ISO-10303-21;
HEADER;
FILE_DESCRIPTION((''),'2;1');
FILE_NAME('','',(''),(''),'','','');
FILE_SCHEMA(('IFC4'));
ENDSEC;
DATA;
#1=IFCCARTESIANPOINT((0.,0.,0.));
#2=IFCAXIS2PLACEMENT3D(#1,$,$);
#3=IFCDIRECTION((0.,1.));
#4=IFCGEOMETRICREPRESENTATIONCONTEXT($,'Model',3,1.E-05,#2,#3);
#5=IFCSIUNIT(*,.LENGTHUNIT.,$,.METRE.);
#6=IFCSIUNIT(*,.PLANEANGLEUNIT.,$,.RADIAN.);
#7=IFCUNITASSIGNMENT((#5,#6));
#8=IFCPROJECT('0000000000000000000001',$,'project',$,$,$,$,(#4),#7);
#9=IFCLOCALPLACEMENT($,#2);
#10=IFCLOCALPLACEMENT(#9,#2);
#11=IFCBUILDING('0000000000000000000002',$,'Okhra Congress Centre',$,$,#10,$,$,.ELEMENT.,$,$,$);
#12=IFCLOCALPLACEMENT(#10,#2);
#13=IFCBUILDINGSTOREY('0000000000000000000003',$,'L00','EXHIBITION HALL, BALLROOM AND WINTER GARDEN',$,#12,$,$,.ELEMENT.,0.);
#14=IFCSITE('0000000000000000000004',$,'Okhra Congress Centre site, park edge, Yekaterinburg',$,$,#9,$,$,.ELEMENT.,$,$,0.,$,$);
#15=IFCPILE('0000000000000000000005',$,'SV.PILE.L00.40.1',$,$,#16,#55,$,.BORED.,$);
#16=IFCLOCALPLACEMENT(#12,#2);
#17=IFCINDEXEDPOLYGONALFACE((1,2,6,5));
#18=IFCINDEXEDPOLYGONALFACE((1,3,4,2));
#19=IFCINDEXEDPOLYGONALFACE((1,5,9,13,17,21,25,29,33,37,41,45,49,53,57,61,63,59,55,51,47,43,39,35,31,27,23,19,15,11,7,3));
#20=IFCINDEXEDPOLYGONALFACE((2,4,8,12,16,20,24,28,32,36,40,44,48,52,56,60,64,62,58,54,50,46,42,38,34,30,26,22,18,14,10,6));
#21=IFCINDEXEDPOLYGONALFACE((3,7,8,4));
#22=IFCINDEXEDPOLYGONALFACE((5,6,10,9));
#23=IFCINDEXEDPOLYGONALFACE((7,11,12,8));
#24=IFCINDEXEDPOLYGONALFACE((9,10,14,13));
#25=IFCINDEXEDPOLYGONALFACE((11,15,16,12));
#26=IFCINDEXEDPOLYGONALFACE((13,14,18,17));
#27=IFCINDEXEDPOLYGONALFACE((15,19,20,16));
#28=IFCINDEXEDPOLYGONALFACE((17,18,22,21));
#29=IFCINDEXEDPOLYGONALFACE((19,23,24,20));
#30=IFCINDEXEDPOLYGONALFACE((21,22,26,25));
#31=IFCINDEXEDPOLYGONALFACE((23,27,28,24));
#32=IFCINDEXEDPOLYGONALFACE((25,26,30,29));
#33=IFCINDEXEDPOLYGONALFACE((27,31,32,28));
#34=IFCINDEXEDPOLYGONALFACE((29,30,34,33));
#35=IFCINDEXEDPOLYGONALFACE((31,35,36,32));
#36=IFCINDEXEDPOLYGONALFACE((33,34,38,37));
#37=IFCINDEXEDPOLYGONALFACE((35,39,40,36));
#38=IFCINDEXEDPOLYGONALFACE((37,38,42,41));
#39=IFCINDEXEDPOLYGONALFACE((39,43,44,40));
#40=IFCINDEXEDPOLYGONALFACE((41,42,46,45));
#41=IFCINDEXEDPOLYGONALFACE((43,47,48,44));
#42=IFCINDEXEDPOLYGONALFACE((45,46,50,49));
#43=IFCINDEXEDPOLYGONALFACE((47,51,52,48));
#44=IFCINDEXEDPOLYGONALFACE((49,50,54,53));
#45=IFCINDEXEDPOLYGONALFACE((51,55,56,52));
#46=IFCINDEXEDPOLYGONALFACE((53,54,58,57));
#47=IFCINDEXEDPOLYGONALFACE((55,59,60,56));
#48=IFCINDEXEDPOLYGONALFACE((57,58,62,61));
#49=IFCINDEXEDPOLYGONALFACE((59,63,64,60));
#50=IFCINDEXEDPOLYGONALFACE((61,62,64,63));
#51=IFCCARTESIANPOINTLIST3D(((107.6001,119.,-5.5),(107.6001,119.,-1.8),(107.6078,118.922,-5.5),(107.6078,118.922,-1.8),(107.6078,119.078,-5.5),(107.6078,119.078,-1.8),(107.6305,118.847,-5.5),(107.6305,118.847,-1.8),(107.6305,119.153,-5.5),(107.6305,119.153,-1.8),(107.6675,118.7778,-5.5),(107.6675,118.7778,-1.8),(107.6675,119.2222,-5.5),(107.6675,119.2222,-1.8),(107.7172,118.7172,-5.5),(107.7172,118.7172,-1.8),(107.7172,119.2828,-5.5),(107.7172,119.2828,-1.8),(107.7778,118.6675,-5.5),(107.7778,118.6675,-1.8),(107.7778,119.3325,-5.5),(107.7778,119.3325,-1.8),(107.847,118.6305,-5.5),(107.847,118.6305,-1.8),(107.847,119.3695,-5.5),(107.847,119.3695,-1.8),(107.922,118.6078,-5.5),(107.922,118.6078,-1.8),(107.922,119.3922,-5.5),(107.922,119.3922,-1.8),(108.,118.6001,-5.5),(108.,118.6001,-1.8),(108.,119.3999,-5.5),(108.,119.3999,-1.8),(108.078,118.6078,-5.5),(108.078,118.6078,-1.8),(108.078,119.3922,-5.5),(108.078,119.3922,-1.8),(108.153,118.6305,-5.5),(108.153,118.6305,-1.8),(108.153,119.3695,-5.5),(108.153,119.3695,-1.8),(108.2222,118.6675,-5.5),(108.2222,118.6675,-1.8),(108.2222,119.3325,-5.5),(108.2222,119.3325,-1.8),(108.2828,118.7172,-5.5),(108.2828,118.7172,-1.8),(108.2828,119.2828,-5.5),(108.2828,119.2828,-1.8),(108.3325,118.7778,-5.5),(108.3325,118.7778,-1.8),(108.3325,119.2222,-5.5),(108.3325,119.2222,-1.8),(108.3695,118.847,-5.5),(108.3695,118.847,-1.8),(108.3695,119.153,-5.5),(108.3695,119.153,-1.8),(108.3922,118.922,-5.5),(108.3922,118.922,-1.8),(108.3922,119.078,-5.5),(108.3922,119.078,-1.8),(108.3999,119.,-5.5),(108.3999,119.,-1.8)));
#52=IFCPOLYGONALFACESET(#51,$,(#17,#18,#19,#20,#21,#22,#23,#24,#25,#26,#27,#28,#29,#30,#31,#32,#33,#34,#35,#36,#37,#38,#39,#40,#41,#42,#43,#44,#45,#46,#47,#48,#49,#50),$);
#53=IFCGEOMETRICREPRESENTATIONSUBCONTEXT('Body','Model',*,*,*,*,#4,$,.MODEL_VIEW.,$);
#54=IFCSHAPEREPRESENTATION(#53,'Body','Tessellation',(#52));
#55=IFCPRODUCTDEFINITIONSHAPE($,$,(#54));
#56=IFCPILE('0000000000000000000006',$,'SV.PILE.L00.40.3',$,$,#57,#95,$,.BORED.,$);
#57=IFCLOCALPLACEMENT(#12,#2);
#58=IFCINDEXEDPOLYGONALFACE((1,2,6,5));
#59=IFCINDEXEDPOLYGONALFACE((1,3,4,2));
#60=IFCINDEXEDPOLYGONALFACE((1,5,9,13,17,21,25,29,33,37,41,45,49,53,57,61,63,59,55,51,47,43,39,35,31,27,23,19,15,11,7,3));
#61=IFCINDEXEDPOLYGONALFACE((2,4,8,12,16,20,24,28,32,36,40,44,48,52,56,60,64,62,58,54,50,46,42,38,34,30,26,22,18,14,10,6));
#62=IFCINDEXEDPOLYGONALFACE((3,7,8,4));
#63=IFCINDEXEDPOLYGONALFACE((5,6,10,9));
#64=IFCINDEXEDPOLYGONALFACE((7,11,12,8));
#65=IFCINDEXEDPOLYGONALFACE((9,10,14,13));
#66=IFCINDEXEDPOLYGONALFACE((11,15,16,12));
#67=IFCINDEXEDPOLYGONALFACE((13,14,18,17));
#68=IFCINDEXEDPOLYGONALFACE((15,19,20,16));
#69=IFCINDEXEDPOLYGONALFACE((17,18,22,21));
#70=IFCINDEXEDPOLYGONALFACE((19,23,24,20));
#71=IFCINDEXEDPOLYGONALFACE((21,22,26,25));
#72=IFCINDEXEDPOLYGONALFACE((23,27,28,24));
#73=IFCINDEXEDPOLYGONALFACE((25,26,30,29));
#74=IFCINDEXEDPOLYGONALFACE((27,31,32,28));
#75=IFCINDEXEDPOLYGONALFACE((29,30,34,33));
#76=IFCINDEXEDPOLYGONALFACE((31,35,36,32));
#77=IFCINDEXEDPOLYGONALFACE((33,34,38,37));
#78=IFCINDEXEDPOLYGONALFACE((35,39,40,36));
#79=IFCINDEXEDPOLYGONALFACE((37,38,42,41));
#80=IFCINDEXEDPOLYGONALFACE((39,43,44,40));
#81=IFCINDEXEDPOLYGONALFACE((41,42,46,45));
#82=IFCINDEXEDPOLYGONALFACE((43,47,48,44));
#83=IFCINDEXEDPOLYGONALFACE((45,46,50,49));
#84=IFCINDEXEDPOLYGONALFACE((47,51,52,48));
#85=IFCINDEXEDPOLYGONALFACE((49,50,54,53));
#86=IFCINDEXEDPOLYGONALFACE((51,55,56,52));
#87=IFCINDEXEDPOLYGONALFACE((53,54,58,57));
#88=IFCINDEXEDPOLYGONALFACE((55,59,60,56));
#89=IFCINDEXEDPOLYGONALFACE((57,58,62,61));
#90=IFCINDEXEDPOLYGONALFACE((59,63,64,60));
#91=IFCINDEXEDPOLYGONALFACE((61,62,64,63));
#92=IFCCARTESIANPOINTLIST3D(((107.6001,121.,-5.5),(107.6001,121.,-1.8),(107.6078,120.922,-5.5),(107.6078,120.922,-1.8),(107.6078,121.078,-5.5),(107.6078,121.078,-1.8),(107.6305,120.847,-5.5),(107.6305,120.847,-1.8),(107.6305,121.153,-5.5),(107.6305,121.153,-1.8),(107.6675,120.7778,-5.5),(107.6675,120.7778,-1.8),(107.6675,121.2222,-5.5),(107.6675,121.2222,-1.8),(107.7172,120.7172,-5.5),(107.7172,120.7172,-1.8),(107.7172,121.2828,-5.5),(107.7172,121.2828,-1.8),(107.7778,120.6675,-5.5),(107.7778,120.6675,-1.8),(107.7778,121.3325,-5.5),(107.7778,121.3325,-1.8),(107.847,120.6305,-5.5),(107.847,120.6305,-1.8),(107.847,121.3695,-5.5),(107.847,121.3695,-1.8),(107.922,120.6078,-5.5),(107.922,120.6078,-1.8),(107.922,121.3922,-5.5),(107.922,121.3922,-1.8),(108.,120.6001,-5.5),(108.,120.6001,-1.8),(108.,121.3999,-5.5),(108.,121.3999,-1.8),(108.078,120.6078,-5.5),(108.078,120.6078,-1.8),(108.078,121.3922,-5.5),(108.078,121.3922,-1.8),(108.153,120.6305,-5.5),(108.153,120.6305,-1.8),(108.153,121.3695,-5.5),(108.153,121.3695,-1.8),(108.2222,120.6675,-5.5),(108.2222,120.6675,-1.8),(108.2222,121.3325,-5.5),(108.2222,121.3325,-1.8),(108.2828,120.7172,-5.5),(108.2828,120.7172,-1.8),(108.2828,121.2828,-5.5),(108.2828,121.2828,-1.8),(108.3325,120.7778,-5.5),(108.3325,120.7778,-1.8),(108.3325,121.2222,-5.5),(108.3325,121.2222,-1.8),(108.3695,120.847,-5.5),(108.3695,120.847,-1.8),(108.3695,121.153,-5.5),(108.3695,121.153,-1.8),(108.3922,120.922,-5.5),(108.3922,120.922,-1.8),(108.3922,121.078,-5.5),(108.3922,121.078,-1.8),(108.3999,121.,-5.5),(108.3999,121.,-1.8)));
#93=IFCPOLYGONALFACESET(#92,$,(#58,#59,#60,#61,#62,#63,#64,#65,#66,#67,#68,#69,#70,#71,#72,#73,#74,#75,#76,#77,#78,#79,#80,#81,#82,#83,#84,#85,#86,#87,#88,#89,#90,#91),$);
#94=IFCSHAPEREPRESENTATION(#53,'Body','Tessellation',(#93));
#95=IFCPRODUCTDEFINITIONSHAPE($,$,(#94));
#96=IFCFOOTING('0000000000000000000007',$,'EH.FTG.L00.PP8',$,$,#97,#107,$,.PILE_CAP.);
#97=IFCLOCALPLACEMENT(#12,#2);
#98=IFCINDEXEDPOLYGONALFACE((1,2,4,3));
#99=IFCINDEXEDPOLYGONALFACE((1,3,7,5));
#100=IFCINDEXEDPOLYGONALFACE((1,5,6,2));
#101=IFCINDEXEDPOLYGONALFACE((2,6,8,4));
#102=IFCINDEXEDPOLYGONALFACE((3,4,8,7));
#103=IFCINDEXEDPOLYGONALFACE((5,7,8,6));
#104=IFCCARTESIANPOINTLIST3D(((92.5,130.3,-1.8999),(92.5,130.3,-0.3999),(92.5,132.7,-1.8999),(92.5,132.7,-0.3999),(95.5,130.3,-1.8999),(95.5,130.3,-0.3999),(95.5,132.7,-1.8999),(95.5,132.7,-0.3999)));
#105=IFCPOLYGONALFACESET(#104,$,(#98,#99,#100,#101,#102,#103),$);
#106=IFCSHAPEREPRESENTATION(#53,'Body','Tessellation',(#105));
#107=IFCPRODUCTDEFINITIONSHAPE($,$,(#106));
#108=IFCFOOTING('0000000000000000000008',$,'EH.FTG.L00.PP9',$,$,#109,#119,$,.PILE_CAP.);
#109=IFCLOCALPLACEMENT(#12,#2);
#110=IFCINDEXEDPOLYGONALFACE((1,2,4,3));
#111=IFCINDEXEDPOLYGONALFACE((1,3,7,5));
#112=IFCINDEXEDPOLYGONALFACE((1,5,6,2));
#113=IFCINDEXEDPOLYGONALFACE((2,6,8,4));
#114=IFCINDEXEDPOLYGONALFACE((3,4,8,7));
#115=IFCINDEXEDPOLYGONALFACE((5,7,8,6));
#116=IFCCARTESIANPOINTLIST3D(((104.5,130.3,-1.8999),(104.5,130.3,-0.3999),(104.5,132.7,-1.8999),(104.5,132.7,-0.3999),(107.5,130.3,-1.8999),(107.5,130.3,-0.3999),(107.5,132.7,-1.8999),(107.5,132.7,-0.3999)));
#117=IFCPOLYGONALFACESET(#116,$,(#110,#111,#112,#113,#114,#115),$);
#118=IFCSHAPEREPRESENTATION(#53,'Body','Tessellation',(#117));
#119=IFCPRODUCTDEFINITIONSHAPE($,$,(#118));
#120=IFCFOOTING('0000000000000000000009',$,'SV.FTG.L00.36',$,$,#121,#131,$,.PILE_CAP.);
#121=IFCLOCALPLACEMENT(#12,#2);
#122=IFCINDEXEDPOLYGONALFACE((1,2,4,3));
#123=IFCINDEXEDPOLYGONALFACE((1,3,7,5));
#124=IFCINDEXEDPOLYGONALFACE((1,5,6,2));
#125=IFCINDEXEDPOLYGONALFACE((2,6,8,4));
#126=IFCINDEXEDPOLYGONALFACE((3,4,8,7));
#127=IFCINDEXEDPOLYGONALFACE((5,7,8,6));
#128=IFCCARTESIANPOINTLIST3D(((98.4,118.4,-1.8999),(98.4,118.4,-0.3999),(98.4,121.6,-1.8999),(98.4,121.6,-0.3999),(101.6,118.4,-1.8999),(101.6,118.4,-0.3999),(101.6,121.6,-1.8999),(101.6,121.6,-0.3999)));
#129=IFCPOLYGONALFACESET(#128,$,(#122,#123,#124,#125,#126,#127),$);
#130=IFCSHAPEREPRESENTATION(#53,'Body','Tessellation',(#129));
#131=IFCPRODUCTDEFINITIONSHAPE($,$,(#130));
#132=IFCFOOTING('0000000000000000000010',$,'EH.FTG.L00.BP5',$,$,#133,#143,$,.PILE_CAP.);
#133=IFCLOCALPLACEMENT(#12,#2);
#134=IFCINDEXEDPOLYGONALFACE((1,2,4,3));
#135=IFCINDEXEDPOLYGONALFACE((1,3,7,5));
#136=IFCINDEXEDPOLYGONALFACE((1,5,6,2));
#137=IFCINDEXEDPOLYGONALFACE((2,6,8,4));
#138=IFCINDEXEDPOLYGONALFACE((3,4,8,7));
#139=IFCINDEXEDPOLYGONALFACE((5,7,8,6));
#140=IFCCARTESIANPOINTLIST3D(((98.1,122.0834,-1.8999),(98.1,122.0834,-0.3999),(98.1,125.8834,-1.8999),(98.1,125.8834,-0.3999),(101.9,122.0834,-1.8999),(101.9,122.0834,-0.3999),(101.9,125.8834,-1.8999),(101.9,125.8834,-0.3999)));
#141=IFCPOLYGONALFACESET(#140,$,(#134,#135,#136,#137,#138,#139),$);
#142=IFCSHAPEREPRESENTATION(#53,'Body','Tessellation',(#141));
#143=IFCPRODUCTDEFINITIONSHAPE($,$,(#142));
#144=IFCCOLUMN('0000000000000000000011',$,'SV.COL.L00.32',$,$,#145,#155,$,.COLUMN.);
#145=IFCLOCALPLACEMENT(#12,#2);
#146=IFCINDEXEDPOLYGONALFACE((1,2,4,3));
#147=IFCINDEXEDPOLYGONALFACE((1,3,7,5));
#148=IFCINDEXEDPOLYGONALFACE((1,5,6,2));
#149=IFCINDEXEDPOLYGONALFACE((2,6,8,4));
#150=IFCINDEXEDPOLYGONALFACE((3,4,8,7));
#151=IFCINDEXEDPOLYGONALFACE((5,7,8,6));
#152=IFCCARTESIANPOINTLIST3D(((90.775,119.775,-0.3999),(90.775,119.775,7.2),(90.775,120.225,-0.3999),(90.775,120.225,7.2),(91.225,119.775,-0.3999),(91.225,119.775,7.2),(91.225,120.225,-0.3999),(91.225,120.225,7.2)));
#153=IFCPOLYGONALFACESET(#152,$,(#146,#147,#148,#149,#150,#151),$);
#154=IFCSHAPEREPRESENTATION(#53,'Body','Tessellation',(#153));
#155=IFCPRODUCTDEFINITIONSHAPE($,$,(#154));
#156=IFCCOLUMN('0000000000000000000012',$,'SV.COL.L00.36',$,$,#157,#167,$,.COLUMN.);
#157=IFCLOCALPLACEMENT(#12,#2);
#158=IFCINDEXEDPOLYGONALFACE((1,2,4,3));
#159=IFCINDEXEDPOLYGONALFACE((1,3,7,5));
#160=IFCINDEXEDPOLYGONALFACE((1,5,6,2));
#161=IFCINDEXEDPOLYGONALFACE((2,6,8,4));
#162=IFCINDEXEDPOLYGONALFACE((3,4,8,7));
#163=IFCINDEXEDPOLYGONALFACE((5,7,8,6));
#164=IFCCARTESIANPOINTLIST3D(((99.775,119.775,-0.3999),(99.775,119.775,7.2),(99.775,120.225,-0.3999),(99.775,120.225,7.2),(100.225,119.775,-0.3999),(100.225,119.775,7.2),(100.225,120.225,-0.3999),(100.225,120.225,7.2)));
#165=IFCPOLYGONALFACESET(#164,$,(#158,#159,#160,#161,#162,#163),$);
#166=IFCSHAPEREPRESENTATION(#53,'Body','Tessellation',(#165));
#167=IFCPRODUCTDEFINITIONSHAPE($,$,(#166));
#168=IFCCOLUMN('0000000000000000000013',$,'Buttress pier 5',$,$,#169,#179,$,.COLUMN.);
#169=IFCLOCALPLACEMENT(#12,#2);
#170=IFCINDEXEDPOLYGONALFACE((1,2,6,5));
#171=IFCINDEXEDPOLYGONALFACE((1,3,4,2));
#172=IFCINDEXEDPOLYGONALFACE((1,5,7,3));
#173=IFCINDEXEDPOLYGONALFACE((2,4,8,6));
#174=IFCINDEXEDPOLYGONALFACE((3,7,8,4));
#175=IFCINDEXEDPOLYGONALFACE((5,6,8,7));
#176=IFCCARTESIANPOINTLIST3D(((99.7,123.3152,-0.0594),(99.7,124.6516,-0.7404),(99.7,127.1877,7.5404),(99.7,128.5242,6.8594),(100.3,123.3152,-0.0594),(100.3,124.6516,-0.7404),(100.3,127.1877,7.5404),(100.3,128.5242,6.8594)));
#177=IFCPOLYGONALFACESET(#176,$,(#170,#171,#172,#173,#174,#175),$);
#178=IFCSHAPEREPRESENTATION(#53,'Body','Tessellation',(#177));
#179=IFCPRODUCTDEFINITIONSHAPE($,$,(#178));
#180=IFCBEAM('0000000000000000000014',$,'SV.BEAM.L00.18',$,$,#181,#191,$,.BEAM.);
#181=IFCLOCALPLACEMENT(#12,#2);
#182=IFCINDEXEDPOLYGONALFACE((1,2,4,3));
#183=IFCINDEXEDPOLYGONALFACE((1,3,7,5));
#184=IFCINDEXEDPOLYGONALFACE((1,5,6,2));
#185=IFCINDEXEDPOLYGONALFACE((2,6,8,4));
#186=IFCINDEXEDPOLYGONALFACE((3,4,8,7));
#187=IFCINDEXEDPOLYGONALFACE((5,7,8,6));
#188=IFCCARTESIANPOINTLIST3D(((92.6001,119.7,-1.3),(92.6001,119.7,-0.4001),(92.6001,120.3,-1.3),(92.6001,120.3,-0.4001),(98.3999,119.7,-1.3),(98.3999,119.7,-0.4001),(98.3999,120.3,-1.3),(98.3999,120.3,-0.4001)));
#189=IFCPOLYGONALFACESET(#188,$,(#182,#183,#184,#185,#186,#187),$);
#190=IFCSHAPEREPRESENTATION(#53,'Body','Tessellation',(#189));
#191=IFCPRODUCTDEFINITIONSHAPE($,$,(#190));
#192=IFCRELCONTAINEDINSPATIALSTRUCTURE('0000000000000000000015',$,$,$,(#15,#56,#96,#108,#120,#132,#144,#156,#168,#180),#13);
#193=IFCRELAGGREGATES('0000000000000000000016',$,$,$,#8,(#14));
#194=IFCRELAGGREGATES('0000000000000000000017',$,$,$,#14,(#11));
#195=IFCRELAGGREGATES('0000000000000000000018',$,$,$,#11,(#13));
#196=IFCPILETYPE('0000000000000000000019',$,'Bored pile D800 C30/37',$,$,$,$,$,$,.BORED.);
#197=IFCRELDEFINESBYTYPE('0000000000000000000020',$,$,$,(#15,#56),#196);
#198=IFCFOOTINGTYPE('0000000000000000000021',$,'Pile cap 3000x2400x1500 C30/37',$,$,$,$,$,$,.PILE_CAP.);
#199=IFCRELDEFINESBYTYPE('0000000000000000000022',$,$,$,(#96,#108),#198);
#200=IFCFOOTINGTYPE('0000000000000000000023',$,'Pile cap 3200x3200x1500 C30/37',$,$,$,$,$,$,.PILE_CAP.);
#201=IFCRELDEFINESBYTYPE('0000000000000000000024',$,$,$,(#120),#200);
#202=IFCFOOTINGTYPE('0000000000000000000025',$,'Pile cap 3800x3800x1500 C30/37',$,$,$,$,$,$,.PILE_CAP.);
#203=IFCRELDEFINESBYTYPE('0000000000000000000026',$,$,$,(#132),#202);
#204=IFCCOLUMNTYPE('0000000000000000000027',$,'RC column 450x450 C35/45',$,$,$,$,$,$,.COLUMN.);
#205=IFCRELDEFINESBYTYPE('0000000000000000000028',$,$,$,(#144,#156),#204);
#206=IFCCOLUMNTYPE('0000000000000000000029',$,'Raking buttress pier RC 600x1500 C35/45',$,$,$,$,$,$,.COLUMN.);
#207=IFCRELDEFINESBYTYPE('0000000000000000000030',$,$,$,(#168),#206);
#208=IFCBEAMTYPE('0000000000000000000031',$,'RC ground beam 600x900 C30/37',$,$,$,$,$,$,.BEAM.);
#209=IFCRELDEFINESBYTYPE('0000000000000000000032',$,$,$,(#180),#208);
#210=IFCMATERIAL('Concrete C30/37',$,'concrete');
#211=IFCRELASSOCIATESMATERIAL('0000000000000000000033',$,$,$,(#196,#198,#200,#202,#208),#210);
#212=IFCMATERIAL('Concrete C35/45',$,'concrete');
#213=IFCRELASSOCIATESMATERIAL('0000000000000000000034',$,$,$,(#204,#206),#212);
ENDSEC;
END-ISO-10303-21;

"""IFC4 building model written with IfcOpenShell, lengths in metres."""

from ifc_helpers import new_model, si_unit, direction, frame, origin, origin_2d, place, context, subcontext, project, spatial, rectangle, circle, extrude, material, material_profile, profile_set, type_object, element, save


model = new_model("IFC4")

# Units and contexts
model_context = context("Model", 3, precision=1e-05, world=origin(), true_north=direction((0.0, 1.0)))
body_context = subcontext(model_context, "Body", "Model", "MODEL_VIEW")
ifc_project = project(units=[si_unit("LENGTHUNIT", "METRE"), si_unit("PLANEANGLEUNIT", "RADIAN")], contexts=[model_context])

# Site, building, storey
site_placement = place(None, origin())
site = spatial("IfcSite", under=ifc_project, at=site_placement, Name="Okhra Congress Centre site, park edge, Yekaterinburg", CompositionType="ELEMENT", RefElevation=0.0)
building_placement = place(site_placement, origin())
building = spatial("IfcBuilding", under=site, at=building_placement, Name="Okhra Congress Centre", CompositionType="ELEMENT")
storey_placement = place(building_placement, origin())
storey = spatial("IfcBuildingStorey", under=building, at=storey_placement, Name="L00", Description="EXHIBITION HALL, BALLROOM AND WINTER GARDEN", CompositionType="ELEMENT", Elevation=0.0)

# Piles
ifc_material_1 = material(Name="Concrete C30/37", Category="concrete")
ifc_material_profile_1 = material_profile(ifc_material_1, circle(Radius=0.3999, at=origin_2d()), Name="D800")
ifc_profile_set_1 = profile_set([ifc_material_profile_1], Name="Concrete C30/37")
pile_type_1 = type_object("IfcPileType", Name="Bored pile D800 C30/37", PredefinedType="BORED", material=ifc_profile_set_1)
for number, where, z_axis, x_axis, name in (
    (1, (108.0, 119.0, -1.8), (0.0, 0.0, -1.0), (1.0, 0.0, 0.0), "SV.PILE.L00.40.1"),
    (2, (108.0, 121.0, -1.8), (0.0, 0.0, -1.0), (1.0, 0.0, 0.0), "SV.PILE.L00.40.3"),
):
    element("IfcPile", number, at=place(storey_placement, frame(where, z_axis=z_axis, x_axis=x_axis)), inside=storey, type_object=pile_type_1, Name=name, PredefinedType="BORED", context=body_context, shape_type="SweptSolid", body=[
        extrude(circle(Radius=0.3999, at=origin_2d()), origin(), (0.0, 0.0, 1.0), 3.7),
    ])

# Footings
footing_type_1 = type_object("IfcFootingType", Name="Pile cap 3000x2400x1500 C30/37", PredefinedType="PILE_CAP", material=ifc_material_1)
for number, where, z_axis, x_axis, name in (
    (3, (94.0, 131.5, -1.8999), (0.0, 0.0, 1.0), (1.0, 0.0, 0.0), "EH.FTG.L00.PP8"),
    (4, (106.0, 131.5, -1.8999), (0.0, 0.0, 1.0), (1.0, 0.0, 0.0), "EH.FTG.L00.PP9"),
):
    element("IfcFooting", number, at=place(storey_placement, frame(where, z_axis=z_axis, x_axis=x_axis)), inside=storey, type_object=footing_type_1, Name=name, PredefinedType="PILE_CAP", context=body_context, shape_type="SweptSolid", body=[
        extrude(rectangle(XDim=3.0, YDim=2.3999, at=origin_2d()), origin(), (0.0, 0.0, 1.0), 1.5),
    ])
footing_type_2 = type_object("IfcFootingType", Name="Pile cap 3200x3200x1500 C30/37", PredefinedType="PILE_CAP", material=ifc_material_1)
footing_1_placement = place(storey_placement, frame((100.0, 120.0, -1.8999), z_axis=(0.0, 0.0, 1.0), x_axis=(1.0, 0.0, 0.0)))
element("IfcFooting", 5, at=footing_1_placement, inside=storey, type_object=footing_type_2, Name="SV.FTG.L00.36", PredefinedType="PILE_CAP", context=body_context, shape_type="SweptSolid", body=[
    extrude(rectangle(XDim=3.2, YDim=3.2, at=origin_2d()), origin(), (0.0, 0.0, 1.0), 1.5),
])
footing_type_3 = type_object("IfcFootingType", Name="Pile cap 3800x3800x1500 C30/37", PredefinedType="PILE_CAP", material=ifc_material_1)
footing_2_placement = place(storey_placement, frame((100.0, 123.9834, -1.8999), z_axis=(0.0, 0.0, 1.0), x_axis=(1.0, 0.0, 0.0)))
element("IfcFooting", 6, at=footing_2_placement, inside=storey, type_object=footing_type_3, Name="EH.FTG.L00.BP5", PredefinedType="PILE_CAP", context=body_context, shape_type="SweptSolid", body=[
    extrude(rectangle(XDim=3.8, YDim=3.8, at=origin_2d()), origin(), (0.0, 0.0, 1.0), 1.5),
])

# Columns
ifc_material_2 = material(Name="Concrete C35/45", Category="concrete")
ifc_material_profile_2 = material_profile(ifc_material_2, rectangle(XDim=0.45, YDim=0.45, at=origin_2d()), Name="RC 450x450")
ifc_profile_set_2 = profile_set([ifc_material_profile_2], Name="Concrete C35/45")
column_type_1 = type_object("IfcColumnType", Name="RC column 450x450 C35/45", PredefinedType="COLUMN", material=ifc_profile_set_2)
for number, where, z_axis, x_axis, name in (
    (7, (91.0, 120.0, -0.3999), (0.0, 0.0, 1.0), (1.0, 0.0, 0.0), "SV.COL.L00.32"),
    (8, (100.0, 120.0, -0.3999), (0.0, 0.0, 1.0), (1.0, 0.0, 0.0), "SV.COL.L00.36"),
):
    element("IfcColumn", number, at=place(storey_placement, frame(where, z_axis=z_axis, x_axis=x_axis)), inside=storey, type_object=column_type_1, Name=name, PredefinedType="COLUMN", context=body_context, shape_type="SweptSolid", body=[
        extrude(rectangle(XDim=0.45, YDim=0.45, at=origin_2d()), origin(), (0.0, 0.0, 1.0), 7.5999),
    ])
ifc_material_profile_3 = material_profile(ifc_material_2, rectangle(XDim=0.6001, YDim=1.5, at=origin_2d()), Name="RC 600x1500")
ifc_profile_set_3 = profile_set([ifc_material_profile_3], Name="Concrete C35/45")
column_type_2 = type_object("IfcColumnType", Name="Raking buttress pier RC 600x1500 C35/45", PredefinedType="COLUMN", material=ifc_profile_set_3)
column_placement = place(storey_placement, frame((100.0, 123.9834, -0.3999), z_axis=(0.0, 0.454013, 0.890995), x_axis=(-1.0, 0.0, 0.0)))
element("IfcColumn", 9, at=column_placement, inside=storey, type_object=column_type_2, Name="Buttress pier 5", PredefinedType="COLUMN", context=body_context, shape_type="SweptSolid", body=[
    extrude(rectangle(XDim=0.6001, YDim=1.5, at=origin_2d()), origin(), (0.0, 0.0, 1.0), 8.5295),
])

# Beam
ifc_material_profile_4 = material_profile(ifc_material_1, rectangle(XDim=0.6001, YDim=0.8999, at=origin_2d()), Name="RC 600x900")
ifc_profile_set_4 = profile_set([ifc_material_profile_4], Name="Concrete C30/37")
beam_type = type_object("IfcBeamType", Name="RC ground beam 600x900 C30/37", PredefinedType="BEAM", material=ifc_profile_set_4)
for number, where, z_axis, x_axis, name in (
    (10, (92.6001, 120.0, -0.8501), (1.0, 0.0, 0.0), (0.0, 1.0, 0.0), "SV.BEAM.L00.18"),
):
    element("IfcBeam", number, at=place(storey_placement, frame(where, z_axis=z_axis, x_axis=x_axis)), inside=storey, type_object=beam_type, Name=name, PredefinedType="BEAM", context=body_context, shape_type="SweptSolid", body=[
        extrude(rectangle(XDim=0.6001, YDim=0.8999, at=origin_2d()), origin(), (0.0, 0.0, 1.0), 5.7998),
    ])

save(model, "model.ifc")
